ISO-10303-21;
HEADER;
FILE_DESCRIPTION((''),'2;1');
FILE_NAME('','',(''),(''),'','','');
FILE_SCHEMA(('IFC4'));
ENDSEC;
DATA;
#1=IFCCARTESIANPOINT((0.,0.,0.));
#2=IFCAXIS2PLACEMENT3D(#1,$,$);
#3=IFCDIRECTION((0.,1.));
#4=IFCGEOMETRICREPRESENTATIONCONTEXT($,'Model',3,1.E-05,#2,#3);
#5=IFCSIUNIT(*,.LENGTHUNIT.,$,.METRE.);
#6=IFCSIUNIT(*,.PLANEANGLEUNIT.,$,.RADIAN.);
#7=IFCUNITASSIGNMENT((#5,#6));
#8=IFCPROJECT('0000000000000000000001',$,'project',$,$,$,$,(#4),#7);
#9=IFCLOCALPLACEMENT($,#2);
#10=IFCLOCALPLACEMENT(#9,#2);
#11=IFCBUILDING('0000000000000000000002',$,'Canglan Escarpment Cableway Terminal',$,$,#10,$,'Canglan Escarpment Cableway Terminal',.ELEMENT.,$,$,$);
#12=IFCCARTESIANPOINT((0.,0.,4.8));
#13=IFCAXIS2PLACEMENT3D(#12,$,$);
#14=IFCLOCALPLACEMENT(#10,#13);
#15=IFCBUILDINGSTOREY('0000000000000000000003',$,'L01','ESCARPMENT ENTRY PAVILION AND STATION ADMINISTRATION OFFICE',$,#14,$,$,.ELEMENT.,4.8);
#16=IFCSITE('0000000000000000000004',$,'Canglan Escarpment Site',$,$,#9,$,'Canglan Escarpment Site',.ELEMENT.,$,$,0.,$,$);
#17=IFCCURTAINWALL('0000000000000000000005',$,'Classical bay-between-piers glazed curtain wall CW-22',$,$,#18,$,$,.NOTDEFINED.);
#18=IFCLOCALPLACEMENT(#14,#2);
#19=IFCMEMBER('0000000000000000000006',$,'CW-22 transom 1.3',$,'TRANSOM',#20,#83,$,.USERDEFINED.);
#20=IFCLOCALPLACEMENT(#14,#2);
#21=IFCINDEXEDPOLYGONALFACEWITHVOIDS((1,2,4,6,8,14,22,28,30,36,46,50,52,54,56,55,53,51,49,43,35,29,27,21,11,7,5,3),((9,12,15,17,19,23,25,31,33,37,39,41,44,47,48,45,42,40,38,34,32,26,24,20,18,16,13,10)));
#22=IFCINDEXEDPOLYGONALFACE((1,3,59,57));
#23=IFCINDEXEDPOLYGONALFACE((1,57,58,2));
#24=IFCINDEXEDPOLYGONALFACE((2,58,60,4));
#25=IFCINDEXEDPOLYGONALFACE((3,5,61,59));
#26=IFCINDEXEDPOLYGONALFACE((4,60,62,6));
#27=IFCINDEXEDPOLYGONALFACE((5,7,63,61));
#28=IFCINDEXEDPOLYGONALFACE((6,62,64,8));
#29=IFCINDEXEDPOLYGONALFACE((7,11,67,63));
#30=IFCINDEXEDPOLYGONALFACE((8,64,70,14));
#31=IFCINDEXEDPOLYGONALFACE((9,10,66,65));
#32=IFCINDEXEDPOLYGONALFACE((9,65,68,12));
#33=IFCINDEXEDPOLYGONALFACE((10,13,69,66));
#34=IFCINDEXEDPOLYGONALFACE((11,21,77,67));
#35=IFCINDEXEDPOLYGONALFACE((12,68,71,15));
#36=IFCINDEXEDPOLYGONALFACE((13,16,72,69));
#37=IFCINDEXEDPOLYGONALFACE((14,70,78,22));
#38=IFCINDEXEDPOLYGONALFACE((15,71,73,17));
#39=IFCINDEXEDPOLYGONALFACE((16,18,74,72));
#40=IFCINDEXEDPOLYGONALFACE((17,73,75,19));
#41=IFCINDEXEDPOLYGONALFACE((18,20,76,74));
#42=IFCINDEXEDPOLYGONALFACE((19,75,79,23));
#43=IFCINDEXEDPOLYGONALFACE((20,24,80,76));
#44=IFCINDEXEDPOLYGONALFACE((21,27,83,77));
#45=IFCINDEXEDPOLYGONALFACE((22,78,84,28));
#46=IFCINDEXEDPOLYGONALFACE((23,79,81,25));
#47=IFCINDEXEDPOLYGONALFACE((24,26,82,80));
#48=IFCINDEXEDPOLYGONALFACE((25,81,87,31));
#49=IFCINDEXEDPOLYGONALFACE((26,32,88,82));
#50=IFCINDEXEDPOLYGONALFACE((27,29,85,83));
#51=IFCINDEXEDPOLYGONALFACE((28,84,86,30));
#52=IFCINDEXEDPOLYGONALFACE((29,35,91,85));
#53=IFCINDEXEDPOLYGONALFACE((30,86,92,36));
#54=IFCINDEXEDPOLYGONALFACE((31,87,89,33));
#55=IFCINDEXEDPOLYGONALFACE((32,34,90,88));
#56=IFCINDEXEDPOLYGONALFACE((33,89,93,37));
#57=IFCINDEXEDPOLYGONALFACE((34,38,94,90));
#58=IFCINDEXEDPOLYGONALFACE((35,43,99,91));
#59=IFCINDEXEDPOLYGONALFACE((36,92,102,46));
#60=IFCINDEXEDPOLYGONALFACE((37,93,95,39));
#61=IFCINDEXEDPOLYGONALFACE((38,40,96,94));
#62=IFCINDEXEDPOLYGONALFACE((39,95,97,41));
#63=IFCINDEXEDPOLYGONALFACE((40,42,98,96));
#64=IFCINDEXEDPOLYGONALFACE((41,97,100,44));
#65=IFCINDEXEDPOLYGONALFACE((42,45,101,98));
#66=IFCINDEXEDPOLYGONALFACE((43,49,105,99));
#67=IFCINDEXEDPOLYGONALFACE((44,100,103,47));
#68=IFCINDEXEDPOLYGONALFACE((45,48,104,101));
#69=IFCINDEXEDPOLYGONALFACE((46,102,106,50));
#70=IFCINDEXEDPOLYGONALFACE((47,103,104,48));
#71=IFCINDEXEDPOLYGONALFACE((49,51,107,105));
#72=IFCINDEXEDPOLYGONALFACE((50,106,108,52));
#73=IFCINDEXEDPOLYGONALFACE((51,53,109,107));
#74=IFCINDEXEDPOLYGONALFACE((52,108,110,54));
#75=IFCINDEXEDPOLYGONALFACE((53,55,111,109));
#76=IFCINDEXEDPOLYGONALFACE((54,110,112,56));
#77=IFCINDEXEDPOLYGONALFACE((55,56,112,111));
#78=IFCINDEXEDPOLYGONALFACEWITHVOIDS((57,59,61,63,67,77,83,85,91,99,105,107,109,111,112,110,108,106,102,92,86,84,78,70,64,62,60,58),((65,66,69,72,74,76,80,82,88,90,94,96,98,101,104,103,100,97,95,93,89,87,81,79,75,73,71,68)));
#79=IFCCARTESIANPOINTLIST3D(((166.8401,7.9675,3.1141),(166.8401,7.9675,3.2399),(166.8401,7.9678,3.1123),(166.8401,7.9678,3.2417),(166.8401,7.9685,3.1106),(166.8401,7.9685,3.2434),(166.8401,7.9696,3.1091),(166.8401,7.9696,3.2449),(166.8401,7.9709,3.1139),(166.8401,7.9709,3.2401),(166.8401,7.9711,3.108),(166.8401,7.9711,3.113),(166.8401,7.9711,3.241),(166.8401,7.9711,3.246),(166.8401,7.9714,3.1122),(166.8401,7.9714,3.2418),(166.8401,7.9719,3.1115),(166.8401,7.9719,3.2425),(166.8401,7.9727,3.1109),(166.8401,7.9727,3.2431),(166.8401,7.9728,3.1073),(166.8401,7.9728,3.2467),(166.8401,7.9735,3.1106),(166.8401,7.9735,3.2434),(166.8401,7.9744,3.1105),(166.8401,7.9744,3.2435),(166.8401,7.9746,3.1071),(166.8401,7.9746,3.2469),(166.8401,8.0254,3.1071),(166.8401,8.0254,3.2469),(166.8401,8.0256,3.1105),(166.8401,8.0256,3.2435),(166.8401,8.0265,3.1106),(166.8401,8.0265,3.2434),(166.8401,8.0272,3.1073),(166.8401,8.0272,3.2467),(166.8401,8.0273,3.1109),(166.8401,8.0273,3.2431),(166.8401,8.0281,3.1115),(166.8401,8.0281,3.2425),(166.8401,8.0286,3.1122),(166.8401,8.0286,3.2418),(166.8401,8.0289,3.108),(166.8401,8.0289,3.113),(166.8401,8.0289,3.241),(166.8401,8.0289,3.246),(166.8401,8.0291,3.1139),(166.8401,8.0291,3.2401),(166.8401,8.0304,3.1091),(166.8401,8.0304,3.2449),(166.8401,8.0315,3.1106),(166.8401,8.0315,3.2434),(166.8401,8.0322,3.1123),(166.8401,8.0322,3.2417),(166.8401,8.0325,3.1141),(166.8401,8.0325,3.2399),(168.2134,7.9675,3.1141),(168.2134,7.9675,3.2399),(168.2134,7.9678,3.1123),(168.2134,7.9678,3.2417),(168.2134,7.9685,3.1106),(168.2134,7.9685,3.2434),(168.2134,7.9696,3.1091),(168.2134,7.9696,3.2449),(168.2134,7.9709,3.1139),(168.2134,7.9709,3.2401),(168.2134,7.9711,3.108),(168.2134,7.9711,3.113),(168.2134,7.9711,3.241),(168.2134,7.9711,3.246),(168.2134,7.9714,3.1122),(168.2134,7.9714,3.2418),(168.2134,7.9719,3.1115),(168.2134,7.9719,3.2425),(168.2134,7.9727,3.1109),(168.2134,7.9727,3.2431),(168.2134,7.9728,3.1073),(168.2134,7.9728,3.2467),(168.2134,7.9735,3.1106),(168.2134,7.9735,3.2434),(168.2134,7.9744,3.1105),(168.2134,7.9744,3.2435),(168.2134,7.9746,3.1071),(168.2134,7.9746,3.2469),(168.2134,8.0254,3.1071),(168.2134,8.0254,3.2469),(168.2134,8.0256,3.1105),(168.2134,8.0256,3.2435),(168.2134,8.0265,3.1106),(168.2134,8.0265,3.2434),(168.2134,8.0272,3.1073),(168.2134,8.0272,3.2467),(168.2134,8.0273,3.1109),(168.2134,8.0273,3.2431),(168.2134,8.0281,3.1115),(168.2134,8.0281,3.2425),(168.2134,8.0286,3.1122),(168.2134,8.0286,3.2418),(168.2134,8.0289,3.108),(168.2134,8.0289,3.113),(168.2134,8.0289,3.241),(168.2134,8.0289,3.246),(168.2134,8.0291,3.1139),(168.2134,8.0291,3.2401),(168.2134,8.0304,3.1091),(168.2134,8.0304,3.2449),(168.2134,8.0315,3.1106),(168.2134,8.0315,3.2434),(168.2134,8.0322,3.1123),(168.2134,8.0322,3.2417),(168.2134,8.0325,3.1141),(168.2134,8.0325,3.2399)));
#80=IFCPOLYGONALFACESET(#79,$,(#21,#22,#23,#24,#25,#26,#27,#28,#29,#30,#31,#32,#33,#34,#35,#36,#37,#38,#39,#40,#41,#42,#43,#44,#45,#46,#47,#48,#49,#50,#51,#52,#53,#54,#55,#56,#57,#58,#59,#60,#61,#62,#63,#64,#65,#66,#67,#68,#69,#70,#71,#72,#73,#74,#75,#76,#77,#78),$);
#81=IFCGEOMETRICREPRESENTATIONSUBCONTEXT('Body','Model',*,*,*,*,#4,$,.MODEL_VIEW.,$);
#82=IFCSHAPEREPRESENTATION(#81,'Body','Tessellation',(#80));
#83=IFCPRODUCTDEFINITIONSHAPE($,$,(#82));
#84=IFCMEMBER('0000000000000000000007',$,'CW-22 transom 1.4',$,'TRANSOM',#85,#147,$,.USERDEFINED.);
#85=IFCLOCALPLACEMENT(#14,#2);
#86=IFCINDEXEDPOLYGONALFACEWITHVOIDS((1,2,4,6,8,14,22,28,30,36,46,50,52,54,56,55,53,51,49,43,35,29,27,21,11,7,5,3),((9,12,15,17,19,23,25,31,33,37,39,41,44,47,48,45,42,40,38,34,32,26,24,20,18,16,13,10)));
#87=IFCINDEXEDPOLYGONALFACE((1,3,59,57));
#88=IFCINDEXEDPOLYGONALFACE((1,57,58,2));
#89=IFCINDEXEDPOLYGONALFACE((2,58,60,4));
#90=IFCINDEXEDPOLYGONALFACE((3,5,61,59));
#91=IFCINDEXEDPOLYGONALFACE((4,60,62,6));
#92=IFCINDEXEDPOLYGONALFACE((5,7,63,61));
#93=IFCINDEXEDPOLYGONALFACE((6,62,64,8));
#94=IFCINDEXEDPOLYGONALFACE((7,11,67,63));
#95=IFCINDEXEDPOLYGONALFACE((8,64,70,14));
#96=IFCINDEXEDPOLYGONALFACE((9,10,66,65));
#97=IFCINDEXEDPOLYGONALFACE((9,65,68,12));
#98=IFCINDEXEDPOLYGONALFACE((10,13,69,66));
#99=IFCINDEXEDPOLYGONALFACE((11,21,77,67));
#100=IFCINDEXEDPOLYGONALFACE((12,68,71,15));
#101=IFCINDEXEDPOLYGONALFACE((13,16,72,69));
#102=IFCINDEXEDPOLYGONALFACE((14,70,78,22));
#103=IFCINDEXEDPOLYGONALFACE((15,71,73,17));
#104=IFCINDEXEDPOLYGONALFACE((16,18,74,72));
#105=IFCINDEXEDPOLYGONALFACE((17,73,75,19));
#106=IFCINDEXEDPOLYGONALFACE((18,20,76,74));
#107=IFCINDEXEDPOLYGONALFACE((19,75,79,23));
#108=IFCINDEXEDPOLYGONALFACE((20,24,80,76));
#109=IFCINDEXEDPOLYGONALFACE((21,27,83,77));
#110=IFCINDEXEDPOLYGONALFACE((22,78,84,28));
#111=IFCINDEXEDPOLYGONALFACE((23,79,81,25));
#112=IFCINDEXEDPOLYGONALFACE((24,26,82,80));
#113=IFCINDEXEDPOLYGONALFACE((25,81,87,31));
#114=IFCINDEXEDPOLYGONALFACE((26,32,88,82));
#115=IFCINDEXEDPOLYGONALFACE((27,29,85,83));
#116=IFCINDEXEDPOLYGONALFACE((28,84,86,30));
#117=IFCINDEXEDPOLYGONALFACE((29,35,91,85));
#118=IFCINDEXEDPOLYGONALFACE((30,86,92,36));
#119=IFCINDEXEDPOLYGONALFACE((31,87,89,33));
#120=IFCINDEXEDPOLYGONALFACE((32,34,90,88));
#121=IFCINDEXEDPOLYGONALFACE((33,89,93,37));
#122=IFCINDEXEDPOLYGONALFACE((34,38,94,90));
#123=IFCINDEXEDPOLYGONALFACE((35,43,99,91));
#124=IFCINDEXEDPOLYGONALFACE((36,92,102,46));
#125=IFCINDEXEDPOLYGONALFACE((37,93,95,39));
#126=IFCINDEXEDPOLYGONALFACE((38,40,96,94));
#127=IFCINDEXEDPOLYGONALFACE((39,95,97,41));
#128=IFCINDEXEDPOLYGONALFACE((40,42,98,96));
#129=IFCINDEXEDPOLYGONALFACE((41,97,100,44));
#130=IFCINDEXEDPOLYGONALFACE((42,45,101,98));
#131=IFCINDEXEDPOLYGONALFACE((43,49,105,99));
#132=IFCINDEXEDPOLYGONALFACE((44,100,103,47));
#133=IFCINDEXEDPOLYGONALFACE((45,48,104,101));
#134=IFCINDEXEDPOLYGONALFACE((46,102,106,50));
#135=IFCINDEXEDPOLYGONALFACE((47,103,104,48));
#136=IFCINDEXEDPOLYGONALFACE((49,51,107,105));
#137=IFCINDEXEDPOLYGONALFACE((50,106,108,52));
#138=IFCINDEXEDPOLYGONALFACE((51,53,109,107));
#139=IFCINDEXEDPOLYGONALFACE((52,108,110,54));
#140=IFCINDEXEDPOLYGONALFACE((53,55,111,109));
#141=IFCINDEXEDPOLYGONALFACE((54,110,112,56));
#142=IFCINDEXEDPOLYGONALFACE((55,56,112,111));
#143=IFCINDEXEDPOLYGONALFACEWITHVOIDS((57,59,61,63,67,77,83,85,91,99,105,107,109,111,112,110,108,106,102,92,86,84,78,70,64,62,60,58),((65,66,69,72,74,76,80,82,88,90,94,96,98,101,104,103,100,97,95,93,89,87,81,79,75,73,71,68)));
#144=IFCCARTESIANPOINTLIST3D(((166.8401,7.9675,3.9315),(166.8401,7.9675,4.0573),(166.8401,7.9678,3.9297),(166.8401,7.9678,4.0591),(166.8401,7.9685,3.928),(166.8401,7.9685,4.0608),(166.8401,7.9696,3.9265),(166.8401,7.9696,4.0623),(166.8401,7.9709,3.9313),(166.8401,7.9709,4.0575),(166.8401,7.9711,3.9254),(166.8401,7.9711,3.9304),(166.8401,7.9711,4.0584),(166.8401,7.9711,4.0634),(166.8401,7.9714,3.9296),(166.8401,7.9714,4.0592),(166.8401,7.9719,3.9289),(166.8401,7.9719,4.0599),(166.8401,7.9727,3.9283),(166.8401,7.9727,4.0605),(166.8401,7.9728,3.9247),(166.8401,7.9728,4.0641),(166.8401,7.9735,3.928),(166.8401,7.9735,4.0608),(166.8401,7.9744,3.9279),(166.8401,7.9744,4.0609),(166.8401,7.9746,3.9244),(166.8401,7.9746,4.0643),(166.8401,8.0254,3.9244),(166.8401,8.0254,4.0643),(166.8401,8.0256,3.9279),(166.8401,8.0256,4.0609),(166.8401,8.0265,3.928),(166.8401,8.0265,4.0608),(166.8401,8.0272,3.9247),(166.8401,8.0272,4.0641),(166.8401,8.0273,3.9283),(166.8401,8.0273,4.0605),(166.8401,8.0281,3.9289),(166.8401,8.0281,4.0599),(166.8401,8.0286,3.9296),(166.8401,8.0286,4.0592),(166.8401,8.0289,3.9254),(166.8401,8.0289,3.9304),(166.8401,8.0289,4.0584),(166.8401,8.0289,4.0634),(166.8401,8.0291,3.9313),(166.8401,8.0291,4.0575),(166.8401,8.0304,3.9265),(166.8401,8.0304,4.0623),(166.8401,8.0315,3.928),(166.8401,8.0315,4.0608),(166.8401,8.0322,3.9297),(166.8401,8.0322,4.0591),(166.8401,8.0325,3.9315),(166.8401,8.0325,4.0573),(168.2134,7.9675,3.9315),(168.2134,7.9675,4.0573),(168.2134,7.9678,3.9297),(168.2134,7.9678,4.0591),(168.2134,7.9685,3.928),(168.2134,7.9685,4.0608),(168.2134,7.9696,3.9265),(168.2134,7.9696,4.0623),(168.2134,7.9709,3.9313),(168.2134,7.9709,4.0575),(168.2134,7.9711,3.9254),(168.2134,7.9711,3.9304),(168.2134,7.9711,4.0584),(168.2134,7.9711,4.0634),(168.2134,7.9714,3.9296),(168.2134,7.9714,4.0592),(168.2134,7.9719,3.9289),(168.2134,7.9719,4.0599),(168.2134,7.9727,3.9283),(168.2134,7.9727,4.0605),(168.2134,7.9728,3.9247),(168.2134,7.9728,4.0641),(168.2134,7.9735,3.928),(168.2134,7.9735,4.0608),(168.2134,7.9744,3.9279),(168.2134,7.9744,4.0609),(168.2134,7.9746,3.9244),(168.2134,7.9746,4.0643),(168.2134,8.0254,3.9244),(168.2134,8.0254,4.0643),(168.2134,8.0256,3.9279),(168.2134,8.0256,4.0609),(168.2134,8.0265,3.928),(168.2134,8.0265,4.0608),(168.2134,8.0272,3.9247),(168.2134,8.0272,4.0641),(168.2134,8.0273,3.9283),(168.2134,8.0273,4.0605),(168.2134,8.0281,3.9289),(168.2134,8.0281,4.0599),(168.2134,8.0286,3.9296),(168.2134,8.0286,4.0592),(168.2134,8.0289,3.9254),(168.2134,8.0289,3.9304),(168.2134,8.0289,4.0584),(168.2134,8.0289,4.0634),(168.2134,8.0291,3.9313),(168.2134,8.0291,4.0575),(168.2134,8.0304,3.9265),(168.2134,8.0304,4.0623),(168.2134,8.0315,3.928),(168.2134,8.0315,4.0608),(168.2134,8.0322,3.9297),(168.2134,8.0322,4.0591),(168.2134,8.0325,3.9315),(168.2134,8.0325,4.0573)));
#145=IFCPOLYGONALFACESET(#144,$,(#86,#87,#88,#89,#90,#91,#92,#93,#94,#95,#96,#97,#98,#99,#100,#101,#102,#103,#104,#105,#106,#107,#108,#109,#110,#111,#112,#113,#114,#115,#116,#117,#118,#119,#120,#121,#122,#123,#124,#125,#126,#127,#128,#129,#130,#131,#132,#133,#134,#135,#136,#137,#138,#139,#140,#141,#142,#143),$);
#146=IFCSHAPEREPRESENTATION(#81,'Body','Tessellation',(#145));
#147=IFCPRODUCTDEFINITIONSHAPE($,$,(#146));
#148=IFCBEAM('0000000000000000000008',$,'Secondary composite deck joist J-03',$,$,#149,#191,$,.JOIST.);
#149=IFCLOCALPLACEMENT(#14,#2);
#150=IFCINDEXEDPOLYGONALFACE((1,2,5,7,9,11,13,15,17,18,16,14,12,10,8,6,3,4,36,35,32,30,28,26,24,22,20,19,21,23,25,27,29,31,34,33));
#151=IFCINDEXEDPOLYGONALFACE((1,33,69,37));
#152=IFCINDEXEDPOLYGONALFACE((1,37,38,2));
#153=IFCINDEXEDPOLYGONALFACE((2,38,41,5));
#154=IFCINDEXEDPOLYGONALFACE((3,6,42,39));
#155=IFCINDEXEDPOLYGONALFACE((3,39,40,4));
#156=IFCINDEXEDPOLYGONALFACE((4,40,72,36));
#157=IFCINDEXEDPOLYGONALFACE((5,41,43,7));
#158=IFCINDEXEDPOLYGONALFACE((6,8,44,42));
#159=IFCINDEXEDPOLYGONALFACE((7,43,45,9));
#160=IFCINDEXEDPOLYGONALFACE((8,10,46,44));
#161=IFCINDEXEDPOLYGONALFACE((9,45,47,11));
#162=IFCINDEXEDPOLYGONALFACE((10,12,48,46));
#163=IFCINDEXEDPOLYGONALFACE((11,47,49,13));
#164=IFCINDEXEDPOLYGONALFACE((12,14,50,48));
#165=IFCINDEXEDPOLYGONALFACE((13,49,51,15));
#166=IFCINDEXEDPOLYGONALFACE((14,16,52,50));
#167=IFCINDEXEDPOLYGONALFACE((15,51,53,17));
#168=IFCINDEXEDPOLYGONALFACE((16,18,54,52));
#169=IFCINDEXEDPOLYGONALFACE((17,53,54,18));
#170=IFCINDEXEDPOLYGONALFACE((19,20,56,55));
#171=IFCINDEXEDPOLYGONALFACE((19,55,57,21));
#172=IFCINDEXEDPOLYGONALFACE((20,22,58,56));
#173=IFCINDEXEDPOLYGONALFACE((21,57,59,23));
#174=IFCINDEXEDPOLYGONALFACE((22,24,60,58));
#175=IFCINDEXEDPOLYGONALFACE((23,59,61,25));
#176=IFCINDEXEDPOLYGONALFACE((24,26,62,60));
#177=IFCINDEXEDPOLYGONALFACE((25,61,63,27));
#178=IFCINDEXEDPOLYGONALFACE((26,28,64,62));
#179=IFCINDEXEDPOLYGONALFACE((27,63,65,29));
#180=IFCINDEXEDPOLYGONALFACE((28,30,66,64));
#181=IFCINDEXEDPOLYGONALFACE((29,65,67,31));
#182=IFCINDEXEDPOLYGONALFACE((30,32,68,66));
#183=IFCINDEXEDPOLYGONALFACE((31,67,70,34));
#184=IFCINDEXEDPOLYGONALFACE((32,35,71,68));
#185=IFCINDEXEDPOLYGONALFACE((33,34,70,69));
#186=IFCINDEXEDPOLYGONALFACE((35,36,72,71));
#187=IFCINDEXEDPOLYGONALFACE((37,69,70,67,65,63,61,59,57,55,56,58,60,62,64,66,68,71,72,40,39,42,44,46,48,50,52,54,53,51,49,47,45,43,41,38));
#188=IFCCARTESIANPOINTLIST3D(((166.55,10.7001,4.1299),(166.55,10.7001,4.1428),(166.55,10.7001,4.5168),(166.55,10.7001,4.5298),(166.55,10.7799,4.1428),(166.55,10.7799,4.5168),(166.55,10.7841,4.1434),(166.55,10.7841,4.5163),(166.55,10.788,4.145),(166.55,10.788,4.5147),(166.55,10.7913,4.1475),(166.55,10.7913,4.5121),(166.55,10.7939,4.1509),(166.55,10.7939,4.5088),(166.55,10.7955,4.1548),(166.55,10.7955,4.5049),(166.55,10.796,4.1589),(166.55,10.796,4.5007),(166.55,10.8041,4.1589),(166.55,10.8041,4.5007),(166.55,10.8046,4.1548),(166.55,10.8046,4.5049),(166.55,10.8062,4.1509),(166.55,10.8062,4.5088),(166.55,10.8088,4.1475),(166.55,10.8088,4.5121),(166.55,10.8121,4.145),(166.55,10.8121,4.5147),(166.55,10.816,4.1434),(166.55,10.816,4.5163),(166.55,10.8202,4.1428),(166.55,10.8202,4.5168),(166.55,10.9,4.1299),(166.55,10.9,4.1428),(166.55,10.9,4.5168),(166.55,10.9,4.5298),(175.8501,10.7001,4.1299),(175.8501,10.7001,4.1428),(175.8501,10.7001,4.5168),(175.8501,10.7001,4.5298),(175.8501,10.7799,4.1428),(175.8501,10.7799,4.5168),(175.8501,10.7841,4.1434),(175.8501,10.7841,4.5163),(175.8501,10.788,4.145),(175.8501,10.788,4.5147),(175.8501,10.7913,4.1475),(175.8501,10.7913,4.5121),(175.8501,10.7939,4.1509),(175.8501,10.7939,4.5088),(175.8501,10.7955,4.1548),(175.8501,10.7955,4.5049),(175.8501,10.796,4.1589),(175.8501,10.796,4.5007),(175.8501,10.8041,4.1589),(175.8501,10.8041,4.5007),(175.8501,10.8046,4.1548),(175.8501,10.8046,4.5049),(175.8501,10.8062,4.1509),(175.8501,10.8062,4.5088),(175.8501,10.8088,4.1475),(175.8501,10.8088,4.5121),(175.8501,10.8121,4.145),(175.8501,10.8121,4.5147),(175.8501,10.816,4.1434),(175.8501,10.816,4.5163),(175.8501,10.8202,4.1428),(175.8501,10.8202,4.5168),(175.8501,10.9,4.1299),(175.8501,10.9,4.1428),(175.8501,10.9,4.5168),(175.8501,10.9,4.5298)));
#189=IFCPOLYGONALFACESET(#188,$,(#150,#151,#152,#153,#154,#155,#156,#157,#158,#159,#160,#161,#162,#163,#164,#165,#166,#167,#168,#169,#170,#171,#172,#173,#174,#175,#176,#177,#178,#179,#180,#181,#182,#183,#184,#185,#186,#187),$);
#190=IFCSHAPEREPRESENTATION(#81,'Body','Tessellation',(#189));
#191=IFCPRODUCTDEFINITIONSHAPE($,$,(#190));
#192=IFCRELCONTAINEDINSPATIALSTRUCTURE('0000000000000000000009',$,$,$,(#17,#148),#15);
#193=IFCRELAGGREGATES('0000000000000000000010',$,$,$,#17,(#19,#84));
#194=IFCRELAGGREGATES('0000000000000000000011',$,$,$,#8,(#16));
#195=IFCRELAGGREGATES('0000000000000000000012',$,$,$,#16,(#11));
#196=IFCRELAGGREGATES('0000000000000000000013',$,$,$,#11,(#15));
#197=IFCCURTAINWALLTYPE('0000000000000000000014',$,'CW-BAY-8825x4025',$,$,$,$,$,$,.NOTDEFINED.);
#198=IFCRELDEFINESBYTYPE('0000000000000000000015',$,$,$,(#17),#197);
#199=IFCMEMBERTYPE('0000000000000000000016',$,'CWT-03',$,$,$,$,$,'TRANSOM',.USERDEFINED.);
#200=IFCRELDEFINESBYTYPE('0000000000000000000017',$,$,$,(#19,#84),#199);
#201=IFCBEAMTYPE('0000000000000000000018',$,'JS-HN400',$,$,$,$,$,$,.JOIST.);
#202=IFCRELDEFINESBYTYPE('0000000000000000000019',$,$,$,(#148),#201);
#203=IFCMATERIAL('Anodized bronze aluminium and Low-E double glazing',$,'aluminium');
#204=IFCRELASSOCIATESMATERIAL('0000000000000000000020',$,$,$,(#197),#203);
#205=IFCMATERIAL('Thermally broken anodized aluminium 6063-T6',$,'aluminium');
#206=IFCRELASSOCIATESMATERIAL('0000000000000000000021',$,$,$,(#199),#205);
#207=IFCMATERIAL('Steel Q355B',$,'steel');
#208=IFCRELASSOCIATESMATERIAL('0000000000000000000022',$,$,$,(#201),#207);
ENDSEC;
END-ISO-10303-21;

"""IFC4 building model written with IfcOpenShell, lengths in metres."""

from ifc_helpers import new_model, si_unit, direction, frame, origin, origin_2d, place, context, subcontext, project, spatial, hollow_rectangle, i_section, extrude, material, material_profile, profile_set, type_object, element, aggregate, save


model = new_model("IFC4")

# Units and contexts
model_context = context("Model", 3, precision=1e-05, world=origin(), true_north=direction((0.0, 1.0)))
body_context = subcontext(model_context, "Body", "Model", "MODEL_VIEW")
ifc_project = project(units=[si_unit("LENGTHUNIT", "METRE"), si_unit("PLANEANGLEUNIT", "RADIAN")], contexts=[model_context])

# Site, building, storey
site_placement = place(None, origin())
site = spatial("IfcSite", under=ifc_project, at=site_placement, Name="Canglan Escarpment Site", LongName="Canglan Escarpment Site", CompositionType="ELEMENT", RefElevation=0.0)
building_placement = place(site_placement, origin())
building = spatial("IfcBuilding", under=site, at=building_placement, Name="Canglan Escarpment Cableway Terminal", LongName="Canglan Escarpment Cableway Terminal", CompositionType="ELEMENT")
storey_placement = place(building_placement, frame((0.0, 0.0, 4.8)))
storey = spatial("IfcBuildingStorey", under=building, at=storey_placement, Name="L01", Description="ESCARPMENT ENTRY PAVILION AND STATION ADMINISTRATION OFFICE", CompositionType="ELEMENT", Elevation=4.8)

# Shared definitions
ifc_material_1 = material(Name="Steel Q355B", Category="steel")

# Curtain wall, members
ifc_material_2 = material(Name="Anodized bronze aluminium and Low-E double glazing", Category="aluminium")
ifc_material_3 = material(Name="Thermally broken anodized aluminium 6063-T6", Category="aluminium")
curtain_wall_type_1 = type_object("IfcCurtainWallType", Name="CW-BAY-8825x4025", PredefinedType="NOTDEFINED", material=ifc_material_2)
curtain_wall_1_placement = place(storey_placement, origin())
curtain_wall_1 = element("IfcCurtainWall", 1, at=curtain_wall_1_placement, inside=storey, type_object=curtain_wall_type_1, Name="Classical bay-between-piers glazed curtain wall CW-22", PredefinedType="NOTDEFINED")
ifc_material_profile_1 = material_profile(ifc_material_3, hollow_rectangle(XDim=0.0649, YDim=0.1399, WallThickness=0.0034, InnerFilletRadius=0.0034, OuterFilletRadius=0.0071, at=origin_2d()), Name="ALU-TRAN 65x140x3.5")
ifc_profile_set_1 = profile_set([ifc_material_profile_1], Name="Thermally broken anodized aluminium 6063-T6")
member_type_1 = type_object("IfcMemberType", Name="CWT-03", ElementType="TRANSOM", PredefinedType="USERDEFINED", material=ifc_profile_set_1)
member_1_placement = place(storey_placement, frame((166.8401, 8.0, 3.177), z_axis=(1.0, 0.0, 0.0), x_axis=(0.0, 1.0, 0.0)))
member_1 = element("IfcMember", 2, at=member_1_placement, type_object=member_type_1, Name="CW-22 transom 1.3", ObjectType="TRANSOM", PredefinedType="USERDEFINED", context=body_context, shape_type="SweptSolid", body=[
    extrude(hollow_rectangle(XDim=0.0649, YDim=0.1399, WallThickness=0.0034, InnerFilletRadius=0.0034, OuterFilletRadius=0.0071, at=origin_2d()), origin(), (0.0, 0.0, 1.0), 1.3733),
])
member_2_placement = place(storey_placement, frame((166.8401, 8.0, 3.9944), z_axis=(1.0, 0.0, 0.0), x_axis=(0.0, 1.0, 0.0)))
member_2 = element("IfcMember", 3, at=member_2_placement, type_object=member_type_1, Name="CW-22 transom 1.4", ObjectType="TRANSOM", PredefinedType="USERDEFINED", context=body_context, shape_type="SweptSolid", body=[
    extrude(hollow_rectangle(XDim=0.0649, YDim=0.1399, WallThickness=0.0034, InnerFilletRadius=0.0034, OuterFilletRadius=0.0071, at=origin_2d()), origin(), (0.0, 0.0, 1.0), 1.3733),
])

# Beam
ifc_material_profile_2 = material_profile(ifc_material_1, i_section(OverallWidth=0.2, OverallDepth=0.3999, WebThickness=0.0081, FlangeThickness=0.0129, FilletRadius=0.0161, at=origin_2d()), Name="HN 400x200x8x13")
ifc_profile_set_2 = profile_set([ifc_material_profile_2], Name="Steel Q355B")
beam_type_1 = type_object("IfcBeamType", Name="JS-HN400", PredefinedType="JOIST", material=ifc_profile_set_2)
beam_1_placement = place(storey_placement, frame((166.55, 10.8, 4.3298), z_axis=(1.0, 0.0, 0.0), x_axis=(0.0, 1.0, 0.0)))
element("IfcBeam", 4, at=beam_1_placement, inside=storey, type_object=beam_type_1, Name="Secondary composite deck joist J-03", PredefinedType="JOIST", context=body_context, shape_type="SweptSolid", body=[
    extrude(i_section(OverallWidth=0.2, OverallDepth=0.3999, WebThickness=0.0081, FlangeThickness=0.0129, FilletRadius=0.0161, at=origin_2d()), origin(), (0.0, 0.0, 1.0), 9.3),
])

aggregate(curtain_wall_1, [member_1, member_2])

save(model, "model.ifc")
